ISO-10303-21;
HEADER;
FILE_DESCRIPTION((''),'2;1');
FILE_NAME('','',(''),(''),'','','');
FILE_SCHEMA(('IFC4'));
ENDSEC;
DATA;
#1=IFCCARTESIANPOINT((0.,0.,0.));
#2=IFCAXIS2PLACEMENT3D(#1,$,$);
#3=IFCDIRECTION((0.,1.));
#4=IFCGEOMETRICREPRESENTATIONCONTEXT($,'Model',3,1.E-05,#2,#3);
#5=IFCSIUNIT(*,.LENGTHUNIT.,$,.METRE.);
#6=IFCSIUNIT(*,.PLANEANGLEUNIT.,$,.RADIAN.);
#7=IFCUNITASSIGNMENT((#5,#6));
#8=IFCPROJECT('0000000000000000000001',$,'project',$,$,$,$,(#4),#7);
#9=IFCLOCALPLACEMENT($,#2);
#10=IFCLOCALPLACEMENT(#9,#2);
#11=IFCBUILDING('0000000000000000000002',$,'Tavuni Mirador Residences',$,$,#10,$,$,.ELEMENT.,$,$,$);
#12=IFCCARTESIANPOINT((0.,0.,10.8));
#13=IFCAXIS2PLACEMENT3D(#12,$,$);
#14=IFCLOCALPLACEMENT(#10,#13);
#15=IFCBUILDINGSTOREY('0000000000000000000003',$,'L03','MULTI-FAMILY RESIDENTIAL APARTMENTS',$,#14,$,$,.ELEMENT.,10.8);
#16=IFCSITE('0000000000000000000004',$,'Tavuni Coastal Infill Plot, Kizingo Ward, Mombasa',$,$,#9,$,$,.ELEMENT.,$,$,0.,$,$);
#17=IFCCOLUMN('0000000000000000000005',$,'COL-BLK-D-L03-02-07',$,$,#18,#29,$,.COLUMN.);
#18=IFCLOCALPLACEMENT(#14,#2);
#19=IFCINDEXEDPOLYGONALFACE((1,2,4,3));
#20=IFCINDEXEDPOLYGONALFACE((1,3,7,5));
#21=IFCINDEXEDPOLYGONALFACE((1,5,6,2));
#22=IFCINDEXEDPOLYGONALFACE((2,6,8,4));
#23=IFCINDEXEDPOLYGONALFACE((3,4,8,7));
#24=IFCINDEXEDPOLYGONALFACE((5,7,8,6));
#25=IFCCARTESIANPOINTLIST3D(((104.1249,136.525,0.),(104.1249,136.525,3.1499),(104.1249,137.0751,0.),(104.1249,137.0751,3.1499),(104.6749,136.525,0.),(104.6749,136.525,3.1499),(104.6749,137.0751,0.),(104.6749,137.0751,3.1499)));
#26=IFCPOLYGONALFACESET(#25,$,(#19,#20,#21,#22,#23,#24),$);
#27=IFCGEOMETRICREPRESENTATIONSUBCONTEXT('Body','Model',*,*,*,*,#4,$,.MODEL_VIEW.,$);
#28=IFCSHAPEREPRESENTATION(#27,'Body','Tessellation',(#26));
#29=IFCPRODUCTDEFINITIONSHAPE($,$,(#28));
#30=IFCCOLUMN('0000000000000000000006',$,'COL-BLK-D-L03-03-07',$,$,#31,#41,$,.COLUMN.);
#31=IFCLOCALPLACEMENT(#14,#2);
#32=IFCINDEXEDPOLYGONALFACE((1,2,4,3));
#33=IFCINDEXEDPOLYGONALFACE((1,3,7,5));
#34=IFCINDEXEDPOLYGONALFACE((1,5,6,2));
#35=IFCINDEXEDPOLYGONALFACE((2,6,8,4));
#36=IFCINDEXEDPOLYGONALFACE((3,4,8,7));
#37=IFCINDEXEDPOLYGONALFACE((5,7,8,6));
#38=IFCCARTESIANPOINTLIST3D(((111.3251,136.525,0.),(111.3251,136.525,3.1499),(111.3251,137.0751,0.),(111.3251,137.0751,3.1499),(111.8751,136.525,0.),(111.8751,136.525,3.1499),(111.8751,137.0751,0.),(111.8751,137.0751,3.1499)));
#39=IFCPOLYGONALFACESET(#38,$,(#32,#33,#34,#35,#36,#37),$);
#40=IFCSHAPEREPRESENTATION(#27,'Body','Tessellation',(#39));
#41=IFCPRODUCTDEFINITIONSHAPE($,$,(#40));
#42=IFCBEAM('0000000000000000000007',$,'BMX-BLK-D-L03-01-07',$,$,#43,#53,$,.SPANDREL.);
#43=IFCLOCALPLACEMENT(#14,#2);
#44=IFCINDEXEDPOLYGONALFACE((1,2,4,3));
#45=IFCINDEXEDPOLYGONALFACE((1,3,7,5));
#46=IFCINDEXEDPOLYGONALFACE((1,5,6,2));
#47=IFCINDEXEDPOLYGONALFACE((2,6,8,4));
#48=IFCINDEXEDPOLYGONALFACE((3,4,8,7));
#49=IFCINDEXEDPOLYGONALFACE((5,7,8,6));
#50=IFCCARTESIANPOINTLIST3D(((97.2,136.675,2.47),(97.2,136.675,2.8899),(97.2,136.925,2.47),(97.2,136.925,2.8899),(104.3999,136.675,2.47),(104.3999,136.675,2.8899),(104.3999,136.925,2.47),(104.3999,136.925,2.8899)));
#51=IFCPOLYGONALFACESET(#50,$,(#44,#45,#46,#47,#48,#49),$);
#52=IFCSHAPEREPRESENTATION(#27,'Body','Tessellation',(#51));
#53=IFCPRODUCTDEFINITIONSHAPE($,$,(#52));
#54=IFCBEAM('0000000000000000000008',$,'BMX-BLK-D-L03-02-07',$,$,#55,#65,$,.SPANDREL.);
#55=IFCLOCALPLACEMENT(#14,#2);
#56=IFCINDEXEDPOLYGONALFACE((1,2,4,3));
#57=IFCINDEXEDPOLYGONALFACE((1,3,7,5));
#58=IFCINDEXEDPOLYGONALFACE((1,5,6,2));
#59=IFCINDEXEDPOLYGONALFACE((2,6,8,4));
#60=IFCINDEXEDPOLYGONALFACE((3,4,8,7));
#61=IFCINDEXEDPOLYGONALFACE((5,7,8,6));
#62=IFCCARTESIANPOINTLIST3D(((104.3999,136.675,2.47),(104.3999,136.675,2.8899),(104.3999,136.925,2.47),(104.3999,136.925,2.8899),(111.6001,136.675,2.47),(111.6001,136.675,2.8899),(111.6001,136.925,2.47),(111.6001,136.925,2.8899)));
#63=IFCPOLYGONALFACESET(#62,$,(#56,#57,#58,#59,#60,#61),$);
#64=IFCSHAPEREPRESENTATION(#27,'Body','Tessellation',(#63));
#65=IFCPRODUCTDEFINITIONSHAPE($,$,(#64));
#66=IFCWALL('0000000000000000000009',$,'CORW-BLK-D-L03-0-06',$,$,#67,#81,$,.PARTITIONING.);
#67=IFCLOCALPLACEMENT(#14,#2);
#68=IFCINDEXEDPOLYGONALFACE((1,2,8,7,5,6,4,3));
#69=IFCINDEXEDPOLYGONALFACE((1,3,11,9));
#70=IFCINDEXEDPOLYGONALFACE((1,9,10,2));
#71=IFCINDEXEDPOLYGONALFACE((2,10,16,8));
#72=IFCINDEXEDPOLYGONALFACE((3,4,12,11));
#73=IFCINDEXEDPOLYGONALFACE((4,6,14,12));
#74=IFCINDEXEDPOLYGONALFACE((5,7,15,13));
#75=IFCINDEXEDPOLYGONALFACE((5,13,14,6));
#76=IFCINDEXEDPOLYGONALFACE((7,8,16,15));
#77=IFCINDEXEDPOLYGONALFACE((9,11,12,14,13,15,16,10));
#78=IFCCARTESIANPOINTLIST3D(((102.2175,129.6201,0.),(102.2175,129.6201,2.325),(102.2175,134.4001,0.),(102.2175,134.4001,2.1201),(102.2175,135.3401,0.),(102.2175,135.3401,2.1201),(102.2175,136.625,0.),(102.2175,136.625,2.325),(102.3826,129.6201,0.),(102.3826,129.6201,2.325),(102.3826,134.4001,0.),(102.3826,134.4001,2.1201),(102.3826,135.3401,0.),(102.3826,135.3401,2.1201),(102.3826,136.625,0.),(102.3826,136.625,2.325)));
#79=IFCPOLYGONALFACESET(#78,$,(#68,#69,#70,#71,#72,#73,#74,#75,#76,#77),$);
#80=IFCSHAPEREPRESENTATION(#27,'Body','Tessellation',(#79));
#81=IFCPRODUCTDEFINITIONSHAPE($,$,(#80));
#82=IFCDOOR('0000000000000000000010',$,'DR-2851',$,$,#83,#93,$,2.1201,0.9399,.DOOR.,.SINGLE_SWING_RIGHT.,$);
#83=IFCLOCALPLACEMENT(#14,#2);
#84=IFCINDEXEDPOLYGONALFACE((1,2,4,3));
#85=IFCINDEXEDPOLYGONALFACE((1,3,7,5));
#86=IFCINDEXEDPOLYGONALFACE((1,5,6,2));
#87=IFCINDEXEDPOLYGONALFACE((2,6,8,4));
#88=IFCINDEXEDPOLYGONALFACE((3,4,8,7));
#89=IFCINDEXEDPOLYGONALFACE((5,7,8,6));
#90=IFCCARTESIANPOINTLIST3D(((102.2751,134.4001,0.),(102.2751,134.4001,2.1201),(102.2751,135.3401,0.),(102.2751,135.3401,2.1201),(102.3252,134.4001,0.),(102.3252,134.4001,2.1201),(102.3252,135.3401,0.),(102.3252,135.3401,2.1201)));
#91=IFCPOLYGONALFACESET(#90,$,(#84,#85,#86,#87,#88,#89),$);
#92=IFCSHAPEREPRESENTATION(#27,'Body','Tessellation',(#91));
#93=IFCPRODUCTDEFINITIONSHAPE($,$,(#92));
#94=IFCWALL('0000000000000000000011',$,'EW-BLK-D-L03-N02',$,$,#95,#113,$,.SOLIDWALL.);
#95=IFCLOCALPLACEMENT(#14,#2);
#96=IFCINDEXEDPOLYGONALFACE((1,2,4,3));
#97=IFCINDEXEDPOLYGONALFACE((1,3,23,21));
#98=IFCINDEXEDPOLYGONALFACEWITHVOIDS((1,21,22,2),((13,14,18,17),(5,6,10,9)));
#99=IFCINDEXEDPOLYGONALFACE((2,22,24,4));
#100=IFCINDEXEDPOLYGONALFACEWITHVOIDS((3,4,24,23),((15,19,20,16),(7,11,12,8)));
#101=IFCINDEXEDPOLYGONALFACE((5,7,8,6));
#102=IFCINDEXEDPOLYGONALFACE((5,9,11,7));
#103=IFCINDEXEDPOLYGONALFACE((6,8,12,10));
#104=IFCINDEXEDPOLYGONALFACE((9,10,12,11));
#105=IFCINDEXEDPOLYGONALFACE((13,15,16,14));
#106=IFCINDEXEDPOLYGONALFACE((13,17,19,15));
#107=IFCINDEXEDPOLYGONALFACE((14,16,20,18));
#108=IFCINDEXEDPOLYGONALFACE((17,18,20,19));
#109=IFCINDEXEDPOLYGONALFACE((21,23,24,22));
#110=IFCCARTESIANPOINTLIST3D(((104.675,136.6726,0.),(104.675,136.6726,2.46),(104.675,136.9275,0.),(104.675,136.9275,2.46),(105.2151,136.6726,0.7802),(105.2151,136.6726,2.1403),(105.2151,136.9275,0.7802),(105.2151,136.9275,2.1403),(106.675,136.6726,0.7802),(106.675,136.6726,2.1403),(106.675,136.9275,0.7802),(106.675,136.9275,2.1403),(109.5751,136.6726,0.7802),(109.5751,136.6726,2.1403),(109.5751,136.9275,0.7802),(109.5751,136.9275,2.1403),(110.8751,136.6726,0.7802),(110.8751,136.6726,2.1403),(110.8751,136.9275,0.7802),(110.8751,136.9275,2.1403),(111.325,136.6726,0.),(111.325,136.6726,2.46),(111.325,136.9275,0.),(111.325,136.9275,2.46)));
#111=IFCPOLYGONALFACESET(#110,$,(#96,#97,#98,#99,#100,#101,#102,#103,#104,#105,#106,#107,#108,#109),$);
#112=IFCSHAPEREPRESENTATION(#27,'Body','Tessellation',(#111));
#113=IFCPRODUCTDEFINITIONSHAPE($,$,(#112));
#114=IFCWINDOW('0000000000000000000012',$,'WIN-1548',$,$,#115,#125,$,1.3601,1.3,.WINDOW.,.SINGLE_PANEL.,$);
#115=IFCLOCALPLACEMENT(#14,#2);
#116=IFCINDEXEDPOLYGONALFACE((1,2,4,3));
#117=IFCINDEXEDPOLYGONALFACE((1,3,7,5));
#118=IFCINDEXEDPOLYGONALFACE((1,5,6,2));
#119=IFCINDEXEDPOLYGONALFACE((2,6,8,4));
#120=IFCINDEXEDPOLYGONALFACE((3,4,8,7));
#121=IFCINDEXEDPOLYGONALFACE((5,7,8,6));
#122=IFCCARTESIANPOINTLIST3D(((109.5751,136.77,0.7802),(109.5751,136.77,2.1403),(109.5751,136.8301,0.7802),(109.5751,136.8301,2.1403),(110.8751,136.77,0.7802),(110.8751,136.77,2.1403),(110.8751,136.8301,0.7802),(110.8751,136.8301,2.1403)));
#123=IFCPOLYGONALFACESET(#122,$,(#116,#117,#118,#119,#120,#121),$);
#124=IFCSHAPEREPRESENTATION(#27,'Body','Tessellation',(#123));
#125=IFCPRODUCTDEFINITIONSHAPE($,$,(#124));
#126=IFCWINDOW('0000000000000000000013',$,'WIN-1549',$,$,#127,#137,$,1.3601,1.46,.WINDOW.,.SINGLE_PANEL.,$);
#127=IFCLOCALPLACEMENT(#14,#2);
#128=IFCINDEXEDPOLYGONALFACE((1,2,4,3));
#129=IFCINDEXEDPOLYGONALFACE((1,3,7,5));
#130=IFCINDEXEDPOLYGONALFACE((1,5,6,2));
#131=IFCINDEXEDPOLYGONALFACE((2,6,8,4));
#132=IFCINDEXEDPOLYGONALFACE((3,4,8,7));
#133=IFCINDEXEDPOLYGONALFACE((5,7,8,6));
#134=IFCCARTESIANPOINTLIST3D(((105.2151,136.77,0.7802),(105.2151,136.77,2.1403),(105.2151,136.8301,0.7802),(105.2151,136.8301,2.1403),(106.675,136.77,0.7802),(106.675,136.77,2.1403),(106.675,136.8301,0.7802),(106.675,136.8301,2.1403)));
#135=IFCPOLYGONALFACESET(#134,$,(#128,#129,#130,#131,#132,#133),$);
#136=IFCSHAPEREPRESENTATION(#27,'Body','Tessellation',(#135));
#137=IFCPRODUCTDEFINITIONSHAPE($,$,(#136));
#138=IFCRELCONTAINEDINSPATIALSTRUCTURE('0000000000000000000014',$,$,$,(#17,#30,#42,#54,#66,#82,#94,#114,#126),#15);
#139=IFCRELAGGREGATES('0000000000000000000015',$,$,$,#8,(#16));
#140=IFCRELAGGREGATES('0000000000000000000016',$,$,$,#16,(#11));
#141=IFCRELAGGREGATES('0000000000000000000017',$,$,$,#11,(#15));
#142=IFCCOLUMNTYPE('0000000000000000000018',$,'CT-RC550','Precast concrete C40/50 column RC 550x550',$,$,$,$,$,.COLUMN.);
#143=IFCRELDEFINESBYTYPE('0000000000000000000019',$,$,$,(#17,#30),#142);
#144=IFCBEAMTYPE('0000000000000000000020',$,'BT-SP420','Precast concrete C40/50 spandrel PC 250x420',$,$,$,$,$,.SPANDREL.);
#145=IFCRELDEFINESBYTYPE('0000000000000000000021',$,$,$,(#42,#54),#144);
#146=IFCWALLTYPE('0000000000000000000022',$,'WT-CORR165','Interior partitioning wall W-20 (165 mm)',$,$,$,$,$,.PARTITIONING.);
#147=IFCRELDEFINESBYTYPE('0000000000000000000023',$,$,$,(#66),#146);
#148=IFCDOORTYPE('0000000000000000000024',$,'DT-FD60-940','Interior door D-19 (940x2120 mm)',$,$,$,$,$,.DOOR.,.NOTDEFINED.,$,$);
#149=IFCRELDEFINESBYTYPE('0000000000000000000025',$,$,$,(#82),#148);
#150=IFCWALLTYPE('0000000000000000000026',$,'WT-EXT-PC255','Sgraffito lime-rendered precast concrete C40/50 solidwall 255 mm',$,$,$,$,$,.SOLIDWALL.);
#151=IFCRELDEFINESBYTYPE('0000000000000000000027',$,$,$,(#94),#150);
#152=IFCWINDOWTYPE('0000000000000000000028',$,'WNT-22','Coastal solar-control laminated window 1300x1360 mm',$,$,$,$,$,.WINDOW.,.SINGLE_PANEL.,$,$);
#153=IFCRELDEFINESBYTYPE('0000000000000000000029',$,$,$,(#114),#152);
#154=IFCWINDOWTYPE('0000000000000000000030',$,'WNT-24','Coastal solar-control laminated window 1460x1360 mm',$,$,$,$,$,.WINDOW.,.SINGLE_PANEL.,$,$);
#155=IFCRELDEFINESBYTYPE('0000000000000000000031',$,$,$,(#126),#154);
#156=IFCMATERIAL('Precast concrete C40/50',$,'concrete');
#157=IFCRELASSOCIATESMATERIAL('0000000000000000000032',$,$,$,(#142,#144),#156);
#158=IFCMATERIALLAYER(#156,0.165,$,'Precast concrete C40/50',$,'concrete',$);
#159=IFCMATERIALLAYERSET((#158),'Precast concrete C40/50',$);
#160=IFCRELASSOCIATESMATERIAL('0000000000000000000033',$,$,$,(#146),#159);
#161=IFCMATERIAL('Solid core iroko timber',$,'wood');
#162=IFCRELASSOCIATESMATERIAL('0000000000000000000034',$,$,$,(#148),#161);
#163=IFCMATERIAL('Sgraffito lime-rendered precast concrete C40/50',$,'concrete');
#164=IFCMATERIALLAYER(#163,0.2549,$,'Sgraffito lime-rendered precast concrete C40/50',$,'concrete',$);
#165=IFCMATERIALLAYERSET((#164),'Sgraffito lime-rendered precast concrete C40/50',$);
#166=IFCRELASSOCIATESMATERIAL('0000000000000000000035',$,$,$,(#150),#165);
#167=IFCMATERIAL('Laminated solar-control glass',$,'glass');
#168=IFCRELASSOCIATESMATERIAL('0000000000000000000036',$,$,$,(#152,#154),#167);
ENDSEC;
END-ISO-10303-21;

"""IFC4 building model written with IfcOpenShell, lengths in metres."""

from ifc_helpers import new_model, si_unit, direction, frame, frame_2d, origin, origin_2d, place, context, subcontext, project, spatial, rectangle, extrude, material, layer, layer_set, material_profile, profile_set, type_object, element, fill, save


model = new_model("IFC4")

# Units and contexts
model_context = context("Model", 3, precision=1e-05, world=origin(), true_north=direction((0.0, 1.0)))
body_context = subcontext(model_context, "Body", "Model", "MODEL_VIEW")
ifc_project = project(units=[si_unit("LENGTHUNIT", "METRE"), si_unit("PLANEANGLEUNIT", "RADIAN")], contexts=[model_context])

# Site, building, storey
site_placement = place(None, origin())
site = spatial("IfcSite", under=ifc_project, at=site_placement, Name="Tavuni Coastal Infill Plot, Kizingo Ward, Mombasa", CompositionType="ELEMENT", RefElevation=0.0)
building_placement = place(site_placement, origin())
building = spatial("IfcBuilding", under=site, at=building_placement, Name="Tavuni Mirador Residences", CompositionType="ELEMENT")
storey_placement = place(building_placement, frame((0.0, 0.0, 10.8)))
storey = spatial("IfcBuildingStorey", under=building, at=storey_placement, Name="L03", Description="MULTI-FAMILY RESIDENTIAL APARTMENTS", CompositionType="ELEMENT", Elevation=10.8)

# Columns
ifc_material_1 = material(Name="Precast concrete C40/50", Category="concrete")
ifc_material_profile_1 = material_profile(ifc_material_1, rectangle(XDim=0.55, YDim=0.55, at=origin_2d()), Name="RC 550x550", Category="concrete")
ifc_profile_set_1 = profile_set([ifc_material_profile_1], Name="Precast concrete C40/50")
column_type = type_object("IfcColumnType", Name="CT-RC550", Description="Precast concrete C40/50 column RC 550x550", PredefinedType="COLUMN", material=ifc_profile_set_1)
for number, where, z_axis, x_axis, name in (
    (1, (104.3999, 136.8, 0.0), (0.0, 0.0, 1.0), (1.0, 0.0, 0.0), "COL-BLK-D-L03-02-07"),
    (2, (111.6001, 136.8, 0.0), (0.0, 0.0, 1.0), (1.0, 0.0, 0.0), "COL-BLK-D-L03-03-07"),
):
    element("IfcColumn", number, at=place(storey_placement, frame(where, z_axis=z_axis, x_axis=x_axis)), inside=storey, type_object=column_type, Name=name, PredefinedType="COLUMN", context=body_context, shape_type="SweptSolid", body=[
        extrude(rectangle(XDim=0.55, YDim=0.55, at=origin_2d()), origin(), (0.0, 0.0, 1.0), 3.1499),
    ])

# Beams
ifc_material_profile_2 = material_profile(ifc_material_1, rectangle(XDim=0.25, YDim=0.4199, at=origin_2d()), Name="PC 250x420", Category="concrete")
ifc_profile_set_2 = profile_set([ifc_material_profile_2], Name="Precast concrete C40/50")
beam_type = type_object("IfcBeamType", Name="BT-SP420", Description="Precast concrete C40/50 spandrel PC 250x420", PredefinedType="SPANDREL", material=ifc_profile_set_2)
beam_1_placement = place(storey_placement, frame((97.2, 136.8, 2.6799), z_axis=(1.0, 0.0, 0.0), x_axis=(0.0, 1.0, 0.0)))
element("IfcBeam", 3, at=beam_1_placement, inside=storey, type_object=beam_type, Name="BMX-BLK-D-L03-01-07", PredefinedType="SPANDREL", context=body_context, shape_type="SweptSolid", body=[
    extrude(rectangle(XDim=0.25, YDim=0.4199, at=origin_2d()), origin(), (0.0, 0.0, 1.0), 7.2),
])
beam_2_placement = place(storey_placement, frame((104.3999, 136.8, 2.6799), z_axis=(1.0, 0.0, 0.0), x_axis=(0.0, 1.0, 0.0)))
element("IfcBeam", 4, at=beam_2_placement, inside=storey, type_object=beam_type, Name="BMX-BLK-D-L03-02-07", PredefinedType="SPANDREL", context=body_context, shape_type="SweptSolid", body=[
    extrude(rectangle(XDim=0.25, YDim=0.4199, at=origin_2d()), origin(), (0.0, 0.0, 1.0), 7.2002),
])

# Wall, opening, door
ifc_layer_1 = layer(ifc_material_1, 0.165, Name="Precast concrete C40/50", Category="concrete")
ifc_layer_set_1 = layer_set([ifc_layer_1], Name="Precast concrete C40/50")
wall_type_1 = type_object("IfcWallType", Name="WT-CORR165", Description="Interior partitioning wall W-20 (165 mm)", PredefinedType="PARTITIONING", material=ifc_layer_set_1)
wall_1_placement = place(storey_placement, frame((102.3, 129.6201, 0.0), z_axis=(0.0, 0.0, 1.0), x_axis=(0.0, 1.0, 0.0)))
wall_1 = element("IfcWall", 5, at=wall_1_placement, inside=storey, type_object=wall_type_1, Name="CORW-BLK-D-L03-0-06", PredefinedType="PARTITIONING", context=body_context, shape_type="SweptSolid", body=[
    extrude(rectangle(XDim=7.0049, YDim=0.165, at=frame_2d((3.5024, 0.0))), origin(), (0.0, 0.0, 1.0), 2.325),
])
opening_1_placement = place(wall_1_placement, frame((4.78, 0.0, 0.0)))
opening_1 = element("IfcOpeningElement", 6, at=opening_1_placement, cuts=wall_1, PredefinedType="OPENING", context=body_context, shape_type="SweptSolid", body=[
    extrude(rectangle(XDim=0.9399, YDim=2.1201, at=frame_2d((0.47, 1.0601))), frame((0.0, 0.0925, 0.0), z_axis=(0.0, -1.0, 0.0), x_axis=(1.0, 0.0, 0.0)), (0.0, 0.0, 1.0), 0.1851),
])
ifc_material_2 = material(Name="Solid core iroko timber", Category="wood")
door_type_1 = type_object("IfcDoorType", Name="DT-FD60-940", Description="Interior door D-19 (940x2120 mm)", OperationType="NOTDEFINED", PredefinedType="DOOR", material=ifc_material_2)
door_1_placement = place(opening_1_placement, origin())
door_1 = element("IfcDoor", 7, at=door_1_placement, inside=storey, type_object=door_type_1, Name="DR-2851", OperationType="SINGLE_SWING_RIGHT", OverallHeight=2.1201, OverallWidth=0.9399, PredefinedType="DOOR", context=body_context, shape_type="SweptSolid", body=[
    extrude(rectangle(XDim=0.9399, YDim=2.1201, at=frame_2d((0.47, 1.0601))), frame((0.0, 0.0249, 0.0), z_axis=(0.0, -1.0, 0.0), x_axis=(1.0, 0.0, 0.0)), (0.0, 0.0, 1.0), 0.05),
])
fill(opening_1, door_1)

# Wall, openings, windows
ifc_material_3 = material(Name="Sgraffito lime-rendered precast concrete C40/50", Category="concrete")
ifc_layer_2 = layer(ifc_material_3, 0.2549, Name="Sgraffito lime-rendered precast concrete C40/50", Category="concrete")
ifc_layer_set_2 = layer_set([ifc_layer_2], Name="Sgraffito lime-rendered precast concrete C40/50")
wall_type_2 = type_object("IfcWallType", Name="WT-EXT-PC255", Description="Sgraffito lime-rendered precast concrete C40/50 solidwall 255 mm", PredefinedType="SOLIDWALL", material=ifc_layer_set_2)
wall_2_placement = place(storey_placement, frame((111.325, 136.8, 0.0), z_axis=(0.0, 0.0, 1.0), x_axis=(-1.0, 0.0, 0.0)))
wall_2 = element("IfcWall", 8, at=wall_2_placement, inside=storey, type_object=wall_type_2, Name="EW-BLK-D-L03-N02", PredefinedType="SOLIDWALL", context=body_context, shape_type="SweptSolid", body=[
    extrude(rectangle(XDim=6.6499, YDim=0.2549, at=frame_2d((3.325, 0.0))), origin(), (0.0, 0.0, 1.0), 2.46),
])
opening_2_placement = place(wall_2_placement, frame((0.45, 0.0, 0.78)))
opening_2 = element("IfcOpeningElement", 9, at=opening_2_placement, cuts=wall_2, PredefinedType="OPENING", context=body_context, shape_type="SweptSolid", body=[
    extrude(rectangle(XDim=1.3, YDim=1.3601, at=frame_2d((0.6499, 0.6802))), frame((0.0, 0.1375, 0.0), z_axis=(0.0, -1.0, 0.0), x_axis=(1.0, 0.0, 0.0)), (0.0, 0.0, 1.0), 0.2749),
])
opening_3_placement = place(wall_2_placement, frame((4.6499, 0.0, 0.78)))
opening_3 = element("IfcOpeningElement", 10, at=opening_3_placement, cuts=wall_2, PredefinedType="OPENING", context=body_context, shape_type="SweptSolid", body=[
    extrude(rectangle(XDim=1.46, YDim=1.3601, at=frame_2d((0.73, 0.6802))), frame((0.0, 0.1375, 0.0), z_axis=(0.0, -1.0, 0.0), x_axis=(1.0, 0.0, 0.0)), (0.0, 0.0, 1.0), 0.2749),
])
ifc_material_4 = material(Name="Laminated solar-control glass", Category="glass")
window_type_1 = type_object("IfcWindowType", Name="WNT-22", Description="Coastal solar-control laminated window 1300x1360 mm", PartitioningType="SINGLE_PANEL", PredefinedType="WINDOW", material=ifc_material_4)
window_1_placement = place(opening_2_placement, origin())
window_1 = element("IfcWindow", 11, at=window_1_placement, inside=storey, type_object=window_type_1, Name="WIN-1548", OverallHeight=1.3601, OverallWidth=1.3, PartitioningType="SINGLE_PANEL", PredefinedType="WINDOW", context=body_context, shape_type="SweptSolid", body=[
    extrude(rectangle(XDim=1.3, YDim=1.3601, at=frame_2d((0.6499, 0.6802))), frame((0.0, 0.03, 0.0), z_axis=(0.0, -1.0, 0.0), x_axis=(1.0, 0.0, 0.0)), (0.0, 0.0, 1.0), 0.0601),
])
fill(opening_2, window_1)
window_type_2 = type_object("IfcWindowType", Name="WNT-24", Description="Coastal solar-control laminated window 1460x1360 mm", PartitioningType="SINGLE_PANEL", PredefinedType="WINDOW", material=ifc_material_4)
window_2_placement = place(opening_3_placement, origin())
window_2 = element("IfcWindow", 12, at=window_2_placement, inside=storey, type_object=window_type_2, Name="WIN-1549", OverallHeight=1.3601, OverallWidth=1.46, PartitioningType="SINGLE_PANEL", PredefinedType="WINDOW", context=body_context, shape_type="SweptSolid", body=[
    extrude(rectangle(XDim=1.46, YDim=1.3601, at=frame_2d((0.73, 0.6802))), frame((0.0, 0.03, 0.0), z_axis=(0.0, -1.0, 0.0), x_axis=(1.0, 0.0, 0.0)), (0.0, 0.0, 1.0), 0.0601),
])
fill(opening_3, window_2)

save(model, "model.ifc")
